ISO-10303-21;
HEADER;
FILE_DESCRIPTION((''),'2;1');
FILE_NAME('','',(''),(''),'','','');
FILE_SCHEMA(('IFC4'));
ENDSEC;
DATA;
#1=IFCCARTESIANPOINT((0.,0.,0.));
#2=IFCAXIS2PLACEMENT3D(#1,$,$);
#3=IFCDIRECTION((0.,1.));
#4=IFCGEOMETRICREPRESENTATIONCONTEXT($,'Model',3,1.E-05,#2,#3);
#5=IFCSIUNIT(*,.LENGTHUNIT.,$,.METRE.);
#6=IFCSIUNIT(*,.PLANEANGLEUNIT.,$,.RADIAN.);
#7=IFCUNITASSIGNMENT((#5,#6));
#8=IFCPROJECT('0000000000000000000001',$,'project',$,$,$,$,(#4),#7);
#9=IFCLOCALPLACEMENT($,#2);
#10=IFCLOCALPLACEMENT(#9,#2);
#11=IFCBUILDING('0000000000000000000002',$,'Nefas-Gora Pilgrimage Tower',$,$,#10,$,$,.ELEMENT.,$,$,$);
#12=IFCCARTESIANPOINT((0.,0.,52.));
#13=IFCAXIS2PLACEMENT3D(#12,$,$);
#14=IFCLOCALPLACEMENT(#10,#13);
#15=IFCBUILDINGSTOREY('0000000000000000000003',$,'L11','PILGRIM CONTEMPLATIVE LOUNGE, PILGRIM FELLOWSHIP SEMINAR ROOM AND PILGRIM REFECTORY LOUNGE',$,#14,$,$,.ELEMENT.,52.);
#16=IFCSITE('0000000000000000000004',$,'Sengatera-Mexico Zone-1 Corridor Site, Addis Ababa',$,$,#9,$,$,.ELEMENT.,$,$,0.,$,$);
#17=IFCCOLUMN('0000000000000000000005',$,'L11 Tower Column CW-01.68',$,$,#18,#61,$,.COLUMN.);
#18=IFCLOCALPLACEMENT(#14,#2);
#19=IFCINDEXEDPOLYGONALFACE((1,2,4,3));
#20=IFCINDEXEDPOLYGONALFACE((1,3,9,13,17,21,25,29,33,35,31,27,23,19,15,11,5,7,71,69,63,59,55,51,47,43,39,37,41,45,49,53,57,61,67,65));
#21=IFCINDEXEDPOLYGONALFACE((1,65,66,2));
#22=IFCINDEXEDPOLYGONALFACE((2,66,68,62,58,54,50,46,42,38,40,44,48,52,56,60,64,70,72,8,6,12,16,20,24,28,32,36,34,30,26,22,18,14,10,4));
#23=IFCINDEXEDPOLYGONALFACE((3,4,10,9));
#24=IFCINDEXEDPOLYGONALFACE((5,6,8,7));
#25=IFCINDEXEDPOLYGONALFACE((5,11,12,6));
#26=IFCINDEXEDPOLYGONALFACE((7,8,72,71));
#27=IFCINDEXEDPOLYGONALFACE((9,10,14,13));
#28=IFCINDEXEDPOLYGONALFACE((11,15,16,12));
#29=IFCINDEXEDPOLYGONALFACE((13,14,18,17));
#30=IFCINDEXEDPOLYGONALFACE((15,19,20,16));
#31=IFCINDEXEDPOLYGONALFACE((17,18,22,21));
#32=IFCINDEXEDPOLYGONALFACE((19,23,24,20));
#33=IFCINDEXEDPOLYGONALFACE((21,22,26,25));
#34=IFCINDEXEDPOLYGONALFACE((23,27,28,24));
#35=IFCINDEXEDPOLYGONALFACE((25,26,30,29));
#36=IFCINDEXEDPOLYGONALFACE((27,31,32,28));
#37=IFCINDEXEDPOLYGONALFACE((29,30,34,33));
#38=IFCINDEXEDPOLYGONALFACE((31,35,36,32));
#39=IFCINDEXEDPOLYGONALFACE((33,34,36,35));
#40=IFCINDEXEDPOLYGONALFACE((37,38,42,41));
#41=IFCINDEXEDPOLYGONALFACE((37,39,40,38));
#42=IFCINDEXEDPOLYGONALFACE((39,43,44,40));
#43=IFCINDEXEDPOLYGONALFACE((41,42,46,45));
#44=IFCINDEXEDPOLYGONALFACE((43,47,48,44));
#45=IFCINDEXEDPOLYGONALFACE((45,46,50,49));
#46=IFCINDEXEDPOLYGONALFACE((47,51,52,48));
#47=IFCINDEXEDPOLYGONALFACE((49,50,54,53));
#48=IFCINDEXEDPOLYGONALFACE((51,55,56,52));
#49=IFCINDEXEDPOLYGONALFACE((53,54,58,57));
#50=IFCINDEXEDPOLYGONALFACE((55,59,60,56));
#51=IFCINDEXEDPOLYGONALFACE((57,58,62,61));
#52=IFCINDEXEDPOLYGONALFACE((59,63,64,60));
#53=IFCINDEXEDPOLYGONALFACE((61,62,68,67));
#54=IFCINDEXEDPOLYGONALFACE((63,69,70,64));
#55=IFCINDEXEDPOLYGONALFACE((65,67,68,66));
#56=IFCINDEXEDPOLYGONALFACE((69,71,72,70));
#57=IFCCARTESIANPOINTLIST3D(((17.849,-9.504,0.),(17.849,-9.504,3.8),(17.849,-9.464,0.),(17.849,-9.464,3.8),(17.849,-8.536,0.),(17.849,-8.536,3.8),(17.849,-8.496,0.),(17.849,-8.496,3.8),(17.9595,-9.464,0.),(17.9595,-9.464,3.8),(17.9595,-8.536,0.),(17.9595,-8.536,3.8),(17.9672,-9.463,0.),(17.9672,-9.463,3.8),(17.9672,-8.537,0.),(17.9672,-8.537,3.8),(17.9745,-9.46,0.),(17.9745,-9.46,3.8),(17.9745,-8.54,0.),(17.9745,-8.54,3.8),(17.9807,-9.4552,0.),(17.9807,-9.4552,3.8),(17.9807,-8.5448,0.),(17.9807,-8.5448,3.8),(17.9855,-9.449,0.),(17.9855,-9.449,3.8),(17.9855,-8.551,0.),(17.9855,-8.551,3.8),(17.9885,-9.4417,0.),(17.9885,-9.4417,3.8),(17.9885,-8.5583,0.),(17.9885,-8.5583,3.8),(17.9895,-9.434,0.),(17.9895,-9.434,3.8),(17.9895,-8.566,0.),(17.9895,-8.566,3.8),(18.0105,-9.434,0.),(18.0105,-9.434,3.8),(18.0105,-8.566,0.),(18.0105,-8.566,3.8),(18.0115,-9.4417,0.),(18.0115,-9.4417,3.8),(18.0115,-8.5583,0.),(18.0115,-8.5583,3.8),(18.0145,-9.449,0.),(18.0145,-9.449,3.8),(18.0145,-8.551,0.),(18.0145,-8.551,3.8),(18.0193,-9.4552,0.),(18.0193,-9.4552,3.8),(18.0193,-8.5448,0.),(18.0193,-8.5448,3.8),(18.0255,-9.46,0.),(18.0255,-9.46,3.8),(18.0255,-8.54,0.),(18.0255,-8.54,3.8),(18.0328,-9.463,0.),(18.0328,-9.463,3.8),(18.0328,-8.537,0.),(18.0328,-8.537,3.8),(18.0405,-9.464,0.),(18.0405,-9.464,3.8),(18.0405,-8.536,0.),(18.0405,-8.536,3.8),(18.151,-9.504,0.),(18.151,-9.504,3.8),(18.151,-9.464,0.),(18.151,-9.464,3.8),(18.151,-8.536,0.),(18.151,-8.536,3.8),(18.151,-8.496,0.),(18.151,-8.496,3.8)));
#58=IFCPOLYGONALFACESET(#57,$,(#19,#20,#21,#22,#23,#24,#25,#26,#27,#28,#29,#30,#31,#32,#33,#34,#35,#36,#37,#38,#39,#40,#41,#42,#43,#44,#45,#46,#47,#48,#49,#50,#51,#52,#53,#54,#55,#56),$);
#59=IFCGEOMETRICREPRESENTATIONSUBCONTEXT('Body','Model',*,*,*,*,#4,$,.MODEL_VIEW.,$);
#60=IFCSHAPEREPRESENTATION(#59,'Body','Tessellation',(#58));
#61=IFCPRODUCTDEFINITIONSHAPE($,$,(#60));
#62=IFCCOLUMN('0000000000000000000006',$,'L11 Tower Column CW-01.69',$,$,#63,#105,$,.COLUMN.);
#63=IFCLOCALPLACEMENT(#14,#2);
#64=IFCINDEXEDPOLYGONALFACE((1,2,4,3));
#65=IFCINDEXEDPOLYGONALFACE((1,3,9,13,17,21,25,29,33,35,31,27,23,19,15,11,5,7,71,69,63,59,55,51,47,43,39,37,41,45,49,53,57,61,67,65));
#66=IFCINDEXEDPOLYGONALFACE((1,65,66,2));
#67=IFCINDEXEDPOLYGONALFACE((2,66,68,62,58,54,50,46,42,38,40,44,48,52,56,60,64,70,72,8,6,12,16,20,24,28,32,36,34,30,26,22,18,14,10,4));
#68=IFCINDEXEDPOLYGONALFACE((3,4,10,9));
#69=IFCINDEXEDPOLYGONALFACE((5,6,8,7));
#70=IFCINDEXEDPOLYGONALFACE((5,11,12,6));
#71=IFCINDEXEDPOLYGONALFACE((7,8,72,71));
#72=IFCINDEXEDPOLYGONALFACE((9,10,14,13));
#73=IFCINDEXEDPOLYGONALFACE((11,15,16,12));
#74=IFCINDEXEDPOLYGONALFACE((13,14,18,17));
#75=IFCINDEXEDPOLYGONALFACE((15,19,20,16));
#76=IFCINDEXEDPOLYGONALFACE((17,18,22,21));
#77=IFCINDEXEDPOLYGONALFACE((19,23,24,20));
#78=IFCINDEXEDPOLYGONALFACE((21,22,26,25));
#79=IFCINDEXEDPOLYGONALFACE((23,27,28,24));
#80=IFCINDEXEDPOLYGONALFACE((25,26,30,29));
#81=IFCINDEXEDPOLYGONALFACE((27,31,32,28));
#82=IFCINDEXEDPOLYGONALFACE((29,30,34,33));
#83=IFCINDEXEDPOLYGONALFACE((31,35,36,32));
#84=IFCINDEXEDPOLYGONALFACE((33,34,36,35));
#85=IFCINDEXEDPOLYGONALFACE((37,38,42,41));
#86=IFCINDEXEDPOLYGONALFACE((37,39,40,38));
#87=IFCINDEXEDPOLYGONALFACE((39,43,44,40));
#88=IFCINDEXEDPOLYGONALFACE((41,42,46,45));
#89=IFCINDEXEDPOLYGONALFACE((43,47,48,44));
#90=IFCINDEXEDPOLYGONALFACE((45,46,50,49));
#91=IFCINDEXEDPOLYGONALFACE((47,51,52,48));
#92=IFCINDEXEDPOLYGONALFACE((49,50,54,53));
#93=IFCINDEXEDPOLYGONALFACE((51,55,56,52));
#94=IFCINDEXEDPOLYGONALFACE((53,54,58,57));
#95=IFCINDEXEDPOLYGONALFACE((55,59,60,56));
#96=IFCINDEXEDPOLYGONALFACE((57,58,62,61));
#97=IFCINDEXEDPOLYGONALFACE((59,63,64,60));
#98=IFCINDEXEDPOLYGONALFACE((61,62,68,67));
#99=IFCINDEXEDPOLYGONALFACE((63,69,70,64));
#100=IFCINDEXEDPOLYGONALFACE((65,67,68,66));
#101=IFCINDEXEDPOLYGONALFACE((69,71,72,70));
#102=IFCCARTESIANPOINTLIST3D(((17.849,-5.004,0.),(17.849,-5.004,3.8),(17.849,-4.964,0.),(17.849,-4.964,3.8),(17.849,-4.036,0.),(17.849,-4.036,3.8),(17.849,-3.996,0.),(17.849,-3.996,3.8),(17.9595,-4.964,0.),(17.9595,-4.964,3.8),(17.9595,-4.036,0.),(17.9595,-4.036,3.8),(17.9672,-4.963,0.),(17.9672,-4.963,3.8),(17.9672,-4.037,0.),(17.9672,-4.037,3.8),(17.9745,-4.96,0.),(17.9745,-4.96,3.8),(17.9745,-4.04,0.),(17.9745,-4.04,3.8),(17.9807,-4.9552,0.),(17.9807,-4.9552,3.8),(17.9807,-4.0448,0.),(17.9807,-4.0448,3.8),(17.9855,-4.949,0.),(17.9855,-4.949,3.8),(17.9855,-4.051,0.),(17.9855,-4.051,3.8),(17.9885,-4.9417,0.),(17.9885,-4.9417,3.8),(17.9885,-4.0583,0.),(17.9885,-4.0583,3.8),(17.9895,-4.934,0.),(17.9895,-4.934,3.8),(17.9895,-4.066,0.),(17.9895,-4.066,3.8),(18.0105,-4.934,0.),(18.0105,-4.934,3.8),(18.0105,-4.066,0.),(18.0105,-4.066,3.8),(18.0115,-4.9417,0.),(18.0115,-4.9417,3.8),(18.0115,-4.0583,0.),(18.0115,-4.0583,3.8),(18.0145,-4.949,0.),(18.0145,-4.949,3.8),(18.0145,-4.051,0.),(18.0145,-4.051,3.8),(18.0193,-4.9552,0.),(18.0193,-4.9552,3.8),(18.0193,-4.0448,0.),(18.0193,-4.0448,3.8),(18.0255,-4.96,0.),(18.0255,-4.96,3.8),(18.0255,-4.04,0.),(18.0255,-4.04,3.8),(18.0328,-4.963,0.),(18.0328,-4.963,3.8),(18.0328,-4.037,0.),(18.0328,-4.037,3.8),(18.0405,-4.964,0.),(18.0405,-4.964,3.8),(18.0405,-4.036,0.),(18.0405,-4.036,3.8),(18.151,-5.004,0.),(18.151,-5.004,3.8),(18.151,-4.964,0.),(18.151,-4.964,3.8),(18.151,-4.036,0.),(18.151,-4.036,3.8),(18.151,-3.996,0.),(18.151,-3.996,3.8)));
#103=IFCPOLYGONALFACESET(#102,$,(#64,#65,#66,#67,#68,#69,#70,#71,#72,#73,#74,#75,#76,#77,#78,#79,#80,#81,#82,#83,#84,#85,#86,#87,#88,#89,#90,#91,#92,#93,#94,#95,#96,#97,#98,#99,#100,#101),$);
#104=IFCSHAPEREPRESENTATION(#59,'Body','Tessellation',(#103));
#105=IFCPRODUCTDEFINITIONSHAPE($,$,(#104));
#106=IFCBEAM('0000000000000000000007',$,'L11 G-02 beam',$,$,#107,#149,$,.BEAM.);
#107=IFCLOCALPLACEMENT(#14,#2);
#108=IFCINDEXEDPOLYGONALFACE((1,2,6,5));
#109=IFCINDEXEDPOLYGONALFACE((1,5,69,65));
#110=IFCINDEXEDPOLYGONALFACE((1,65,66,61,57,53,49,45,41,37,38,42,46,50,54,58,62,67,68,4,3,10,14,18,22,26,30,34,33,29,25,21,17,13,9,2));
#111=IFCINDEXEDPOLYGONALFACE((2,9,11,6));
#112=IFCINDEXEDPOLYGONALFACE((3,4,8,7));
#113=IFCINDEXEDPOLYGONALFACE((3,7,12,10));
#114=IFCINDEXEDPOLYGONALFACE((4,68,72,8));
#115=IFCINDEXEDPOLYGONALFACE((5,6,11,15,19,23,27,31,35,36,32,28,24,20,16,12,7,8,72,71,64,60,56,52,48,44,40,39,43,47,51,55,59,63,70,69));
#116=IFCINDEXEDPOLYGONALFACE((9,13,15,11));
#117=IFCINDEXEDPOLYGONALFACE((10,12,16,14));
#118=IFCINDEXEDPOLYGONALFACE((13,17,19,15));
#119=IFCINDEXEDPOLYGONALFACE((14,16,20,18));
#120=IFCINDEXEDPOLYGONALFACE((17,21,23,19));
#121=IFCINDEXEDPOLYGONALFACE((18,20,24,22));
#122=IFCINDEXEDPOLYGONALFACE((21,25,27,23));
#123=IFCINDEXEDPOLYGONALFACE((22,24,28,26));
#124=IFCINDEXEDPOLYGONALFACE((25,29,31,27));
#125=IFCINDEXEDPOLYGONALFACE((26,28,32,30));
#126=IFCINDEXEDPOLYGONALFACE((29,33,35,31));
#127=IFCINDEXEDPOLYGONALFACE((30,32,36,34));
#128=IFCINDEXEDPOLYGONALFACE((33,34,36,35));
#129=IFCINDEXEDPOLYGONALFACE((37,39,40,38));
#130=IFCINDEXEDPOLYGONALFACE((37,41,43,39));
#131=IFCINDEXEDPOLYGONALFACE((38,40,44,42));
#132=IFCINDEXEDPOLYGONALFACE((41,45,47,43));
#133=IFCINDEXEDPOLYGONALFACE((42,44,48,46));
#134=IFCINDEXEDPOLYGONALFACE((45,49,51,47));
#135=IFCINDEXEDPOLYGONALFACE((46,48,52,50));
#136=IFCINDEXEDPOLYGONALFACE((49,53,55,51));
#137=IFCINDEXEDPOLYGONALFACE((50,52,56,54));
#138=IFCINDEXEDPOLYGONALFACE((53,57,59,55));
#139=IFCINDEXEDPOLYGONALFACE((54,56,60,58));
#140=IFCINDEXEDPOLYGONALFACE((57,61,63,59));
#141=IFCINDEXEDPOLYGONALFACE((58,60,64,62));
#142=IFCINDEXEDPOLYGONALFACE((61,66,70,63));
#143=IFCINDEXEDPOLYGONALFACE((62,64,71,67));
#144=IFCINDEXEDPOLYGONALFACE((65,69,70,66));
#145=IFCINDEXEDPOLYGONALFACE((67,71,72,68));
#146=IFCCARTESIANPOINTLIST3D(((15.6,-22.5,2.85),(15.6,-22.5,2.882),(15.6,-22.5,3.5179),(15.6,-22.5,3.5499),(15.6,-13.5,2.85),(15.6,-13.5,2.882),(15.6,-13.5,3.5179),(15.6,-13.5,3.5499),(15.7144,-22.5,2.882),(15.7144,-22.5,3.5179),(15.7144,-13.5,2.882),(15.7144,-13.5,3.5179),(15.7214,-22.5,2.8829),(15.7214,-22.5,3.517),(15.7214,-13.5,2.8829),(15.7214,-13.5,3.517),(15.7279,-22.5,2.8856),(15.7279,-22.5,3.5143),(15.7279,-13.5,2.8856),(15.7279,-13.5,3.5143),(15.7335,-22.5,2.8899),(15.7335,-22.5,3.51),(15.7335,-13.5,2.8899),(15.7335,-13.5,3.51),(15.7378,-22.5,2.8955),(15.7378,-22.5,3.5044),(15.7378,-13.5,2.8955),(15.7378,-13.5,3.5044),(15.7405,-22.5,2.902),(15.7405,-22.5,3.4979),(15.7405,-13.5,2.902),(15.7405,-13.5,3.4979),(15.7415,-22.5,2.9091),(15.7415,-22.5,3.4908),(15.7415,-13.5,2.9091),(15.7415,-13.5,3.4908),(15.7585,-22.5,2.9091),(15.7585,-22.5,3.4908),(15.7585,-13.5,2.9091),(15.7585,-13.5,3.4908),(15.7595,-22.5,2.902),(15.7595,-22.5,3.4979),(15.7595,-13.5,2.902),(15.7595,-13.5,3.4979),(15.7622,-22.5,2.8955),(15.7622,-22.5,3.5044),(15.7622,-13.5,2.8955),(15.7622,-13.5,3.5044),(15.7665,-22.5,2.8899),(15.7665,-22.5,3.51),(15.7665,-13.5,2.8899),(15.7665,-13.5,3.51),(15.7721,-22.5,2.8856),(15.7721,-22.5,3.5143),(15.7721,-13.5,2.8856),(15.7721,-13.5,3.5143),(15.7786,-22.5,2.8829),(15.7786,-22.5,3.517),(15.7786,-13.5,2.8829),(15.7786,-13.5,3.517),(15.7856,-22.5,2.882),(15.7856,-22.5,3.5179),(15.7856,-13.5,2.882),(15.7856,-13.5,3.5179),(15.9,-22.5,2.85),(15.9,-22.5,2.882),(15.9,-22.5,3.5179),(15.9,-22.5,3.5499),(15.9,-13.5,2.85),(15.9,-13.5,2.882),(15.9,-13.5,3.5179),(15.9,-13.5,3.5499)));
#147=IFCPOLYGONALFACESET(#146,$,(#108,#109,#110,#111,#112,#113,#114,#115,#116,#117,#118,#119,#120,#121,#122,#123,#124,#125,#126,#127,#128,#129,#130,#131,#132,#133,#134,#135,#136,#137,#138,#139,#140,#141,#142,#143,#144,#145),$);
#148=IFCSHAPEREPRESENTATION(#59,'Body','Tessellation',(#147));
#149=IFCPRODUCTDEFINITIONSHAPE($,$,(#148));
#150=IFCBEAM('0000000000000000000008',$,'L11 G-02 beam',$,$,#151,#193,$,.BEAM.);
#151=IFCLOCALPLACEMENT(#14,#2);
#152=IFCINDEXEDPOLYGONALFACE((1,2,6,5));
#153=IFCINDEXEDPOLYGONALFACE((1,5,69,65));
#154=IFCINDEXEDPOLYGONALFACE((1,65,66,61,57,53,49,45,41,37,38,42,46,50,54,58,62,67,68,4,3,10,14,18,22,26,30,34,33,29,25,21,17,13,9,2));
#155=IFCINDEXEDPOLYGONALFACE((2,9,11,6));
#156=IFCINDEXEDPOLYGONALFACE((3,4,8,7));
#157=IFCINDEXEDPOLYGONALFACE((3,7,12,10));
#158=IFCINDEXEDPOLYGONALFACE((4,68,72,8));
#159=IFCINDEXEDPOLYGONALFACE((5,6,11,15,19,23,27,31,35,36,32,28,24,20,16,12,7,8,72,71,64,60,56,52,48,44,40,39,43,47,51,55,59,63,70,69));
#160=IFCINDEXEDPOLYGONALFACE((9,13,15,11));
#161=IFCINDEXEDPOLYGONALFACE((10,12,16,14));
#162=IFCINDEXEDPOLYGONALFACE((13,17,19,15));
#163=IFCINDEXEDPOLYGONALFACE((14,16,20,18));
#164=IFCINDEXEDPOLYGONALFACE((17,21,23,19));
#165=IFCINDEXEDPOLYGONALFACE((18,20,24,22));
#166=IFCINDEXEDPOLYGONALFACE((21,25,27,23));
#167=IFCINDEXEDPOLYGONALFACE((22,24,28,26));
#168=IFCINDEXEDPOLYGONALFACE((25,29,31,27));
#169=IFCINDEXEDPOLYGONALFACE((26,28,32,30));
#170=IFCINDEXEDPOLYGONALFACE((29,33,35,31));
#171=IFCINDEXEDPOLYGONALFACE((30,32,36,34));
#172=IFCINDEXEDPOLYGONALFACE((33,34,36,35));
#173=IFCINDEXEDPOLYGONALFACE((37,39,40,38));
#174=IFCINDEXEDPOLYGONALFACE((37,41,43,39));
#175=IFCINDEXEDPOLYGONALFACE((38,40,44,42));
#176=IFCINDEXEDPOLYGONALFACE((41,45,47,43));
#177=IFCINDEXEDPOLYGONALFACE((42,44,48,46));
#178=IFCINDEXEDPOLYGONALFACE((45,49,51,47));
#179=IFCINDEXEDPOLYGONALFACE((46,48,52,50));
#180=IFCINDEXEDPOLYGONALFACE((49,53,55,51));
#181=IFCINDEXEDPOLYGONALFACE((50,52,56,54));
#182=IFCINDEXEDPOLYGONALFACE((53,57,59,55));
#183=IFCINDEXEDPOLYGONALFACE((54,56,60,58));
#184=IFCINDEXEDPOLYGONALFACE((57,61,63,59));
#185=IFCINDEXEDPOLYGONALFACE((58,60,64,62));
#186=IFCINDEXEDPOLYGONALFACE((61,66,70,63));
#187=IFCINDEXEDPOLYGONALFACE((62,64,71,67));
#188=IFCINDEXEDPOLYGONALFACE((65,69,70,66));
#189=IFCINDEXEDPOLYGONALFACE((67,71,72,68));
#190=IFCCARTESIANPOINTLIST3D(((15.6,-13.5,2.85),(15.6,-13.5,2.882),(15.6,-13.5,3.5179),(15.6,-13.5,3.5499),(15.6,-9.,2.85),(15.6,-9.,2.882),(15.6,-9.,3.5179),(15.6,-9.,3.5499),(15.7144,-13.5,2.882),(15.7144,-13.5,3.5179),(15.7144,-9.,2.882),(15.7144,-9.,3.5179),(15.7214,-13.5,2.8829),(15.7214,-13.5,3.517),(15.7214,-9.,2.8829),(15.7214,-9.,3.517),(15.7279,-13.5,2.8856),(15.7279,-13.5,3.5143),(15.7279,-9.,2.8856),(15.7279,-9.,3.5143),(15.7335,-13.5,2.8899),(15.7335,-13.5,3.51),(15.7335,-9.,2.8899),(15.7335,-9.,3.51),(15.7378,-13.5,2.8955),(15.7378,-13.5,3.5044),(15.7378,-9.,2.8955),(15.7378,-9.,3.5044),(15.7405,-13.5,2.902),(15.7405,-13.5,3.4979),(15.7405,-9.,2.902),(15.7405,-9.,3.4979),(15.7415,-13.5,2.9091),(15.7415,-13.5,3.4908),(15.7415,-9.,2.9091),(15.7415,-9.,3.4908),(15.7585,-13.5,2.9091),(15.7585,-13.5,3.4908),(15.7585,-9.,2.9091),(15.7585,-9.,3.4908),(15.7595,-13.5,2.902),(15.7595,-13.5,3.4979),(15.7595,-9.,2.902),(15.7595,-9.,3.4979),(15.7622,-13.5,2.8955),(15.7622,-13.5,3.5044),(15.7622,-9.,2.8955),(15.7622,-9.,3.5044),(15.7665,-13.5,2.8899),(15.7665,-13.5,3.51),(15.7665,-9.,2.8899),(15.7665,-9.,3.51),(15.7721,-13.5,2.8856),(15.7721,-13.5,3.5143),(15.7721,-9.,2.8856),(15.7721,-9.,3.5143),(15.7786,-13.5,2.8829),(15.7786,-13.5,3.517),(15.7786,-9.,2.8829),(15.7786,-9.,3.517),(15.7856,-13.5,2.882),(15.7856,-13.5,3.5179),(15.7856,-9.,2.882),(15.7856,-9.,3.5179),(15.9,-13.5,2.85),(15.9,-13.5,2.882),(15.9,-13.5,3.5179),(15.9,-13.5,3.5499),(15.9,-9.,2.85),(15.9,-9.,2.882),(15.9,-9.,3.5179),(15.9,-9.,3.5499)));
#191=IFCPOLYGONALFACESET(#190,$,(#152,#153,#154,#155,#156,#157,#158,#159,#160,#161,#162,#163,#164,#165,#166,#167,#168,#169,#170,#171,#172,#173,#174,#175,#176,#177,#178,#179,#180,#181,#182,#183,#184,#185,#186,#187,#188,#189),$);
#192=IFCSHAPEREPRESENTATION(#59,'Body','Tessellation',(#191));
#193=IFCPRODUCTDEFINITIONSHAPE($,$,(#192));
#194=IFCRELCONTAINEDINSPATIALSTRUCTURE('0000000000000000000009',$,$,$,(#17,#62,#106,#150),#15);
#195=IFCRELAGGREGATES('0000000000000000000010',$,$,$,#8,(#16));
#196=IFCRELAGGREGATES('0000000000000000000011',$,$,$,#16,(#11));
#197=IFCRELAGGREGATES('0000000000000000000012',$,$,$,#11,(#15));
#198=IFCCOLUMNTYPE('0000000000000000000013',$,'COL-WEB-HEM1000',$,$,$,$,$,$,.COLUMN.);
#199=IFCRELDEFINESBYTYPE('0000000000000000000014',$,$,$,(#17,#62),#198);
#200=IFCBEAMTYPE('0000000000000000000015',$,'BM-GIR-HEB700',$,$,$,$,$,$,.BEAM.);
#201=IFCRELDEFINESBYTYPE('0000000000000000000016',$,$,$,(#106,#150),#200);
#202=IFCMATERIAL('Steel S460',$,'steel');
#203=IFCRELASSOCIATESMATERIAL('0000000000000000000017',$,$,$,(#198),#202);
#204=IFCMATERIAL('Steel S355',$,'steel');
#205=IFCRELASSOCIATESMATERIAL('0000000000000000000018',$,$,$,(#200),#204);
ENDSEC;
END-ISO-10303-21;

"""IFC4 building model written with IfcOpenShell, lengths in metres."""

from ifc_helpers import new_model, si_unit, direction, frame, origin, origin_2d, place, context, subcontext, project, spatial, i_section, extrude, source, transform, mapped, material, material_profile, profile_set, type_object, element, save


model = new_model("IFC4")

# Units and contexts
model_context = context("Model", 3, precision=1e-05, world=origin(), true_north=direction((0.0, 1.0)))
body_context = subcontext(model_context, "Body", "Model", "MODEL_VIEW")
ifc_project = project(units=[si_unit("LENGTHUNIT", "METRE"), si_unit("PLANEANGLEUNIT", "RADIAN")], contexts=[model_context])

# Site, building, storey
site_placement = place(None, origin())
site = spatial("IfcSite", under=ifc_project, at=site_placement, Name="Sengatera-Mexico Zone-1 Corridor Site, Addis Ababa", CompositionType="ELEMENT", RefElevation=0.0)
building_placement = place(site_placement, origin())
building = spatial("IfcBuilding", under=site, at=building_placement, Name="Nefas-Gora Pilgrimage Tower", CompositionType="ELEMENT")
storey_placement = place(building_placement, frame((0.0, 0.0, 52.0)))
storey = spatial("IfcBuildingStorey", under=building, at=storey_placement, Name="L11", Description="PILGRIM CONTEMPLATIVE LOUNGE, PILGRIM FELLOWSHIP SEMINAR ROOM AND PILGRIM REFECTORY LOUNGE", CompositionType="ELEMENT", Elevation=52.0)

# Columns
ifc_material_1 = material(Name="Steel S460", Category="steel")
ifc_material_profile_1 = material_profile(ifc_material_1, i_section(OverallWidth=0.302, OverallDepth=1.0081, WebThickness=0.021, FlangeThickness=0.04, FilletRadius=0.03, at=origin_2d()), Name="HEM 1000")
ifc_profile_set_1 = profile_set([ifc_material_profile_1], Name="Steel S460")
column_type_1 = type_object("IfcColumnType", Name="COL-WEB-HEM1000", PredefinedType="COLUMN", material=ifc_profile_set_1)
shared_shape_1 = source(origin(), body_context, "Body", "SweptSolid", [
    extrude(i_section(OverallWidth=0.302, OverallDepth=1.0081, WebThickness=0.021, FlangeThickness=0.04, FilletRadius=0.03, at=origin_2d()), origin(), (0.0, 0.0, 1.0), 3.8),
])
for number, where, z_axis, x_axis, name in (
    (1, (18.0, -9.0, 0.0), (0.0, 0.0, 1.0), (1.0, 0.0, 0.0), "L11 Tower Column CW-01.68"),
    (2, (18.0, -4.5, 0.0), (0.0, 0.0, 1.0), (1.0, 0.0, 0.0), "L11 Tower Column CW-01.69"),
):
    element("IfcColumn", number, at=place(storey_placement, frame(where, z_axis=z_axis, x_axis=x_axis)), inside=storey, type_object=column_type_1, Name=name, PredefinedType="COLUMN", context=body_context, shape_type="MappedRepresentation", body=[
        mapped(shared_shape_1, transform((0.0, 0.0, 0.0), x_axis=(1.0, 0.0, 0.0), y_axis=(0.0, 1.0, 0.0), z_axis=(0.0, 0.0, 1.0), scale=1.0)),
    ])

# Beams
ifc_material_2 = material(Name="Steel S355", Category="steel")
ifc_material_profile_2 = material_profile(ifc_material_2, i_section(OverallWidth=0.3, OverallDepth=0.7, WebThickness=0.0171, FlangeThickness=0.032, FilletRadius=0.0271, at=origin_2d()), Name="HEB 700")
ifc_profile_set_2 = profile_set([ifc_material_profile_2], Name="Steel S355")
beam_type_1 = type_object("IfcBeamType", Name="BM-GIR-HEB700", PredefinedType="BEAM", material=ifc_profile_set_2)
shared_shape_2 = source(origin(), body_context, "Body", "SweptSolid", [
    extrude(i_section(OverallWidth=0.3, OverallDepth=0.7, WebThickness=0.0171, FlangeThickness=0.032, FilletRadius=0.0271, at=origin_2d()), origin(), (0.0, 0.0, 1.0), 9.0),
])
beam_placement = place(storey_placement, frame((15.75, -22.5, 3.2), z_axis=(0.0, 1.0, 0.0), x_axis=(-1.0, 0.0, 0.0)))
element("IfcBeam", 3, at=beam_placement, inside=storey, type_object=beam_type_1, Name="L11 G-02 beam", PredefinedType="BEAM", context=body_context, shape_type="MappedRepresentation", body=[
    mapped(shared_shape_2, transform((0.0, 0.0, 0.0), x_axis=(1.0, 0.0, 0.0), y_axis=(0.0, 1.0, 0.0), z_axis=(0.0, 0.0, 1.0), scale=1.0)),
])
shared_shape_3 = source(origin(), body_context, "Body", "SweptSolid", [
    extrude(i_section(OverallWidth=0.3, OverallDepth=0.7, WebThickness=0.0171, FlangeThickness=0.032, FilletRadius=0.0271, at=origin_2d()), origin(), (0.0, 0.0, 1.0), 4.5),
])
for number, where, z_axis, x_axis, name in (
    (4, (15.75, -13.5, 3.2), (0.0, 1.0, 0.0), (-1.0, 0.0, 0.0), "L11 G-02 beam"),
):
    element("IfcBeam", number, at=place(storey_placement, frame(where, z_axis=z_axis, x_axis=x_axis)), inside=storey, type_object=beam_type_1, Name=name, PredefinedType="BEAM", context=body_context, shape_type="MappedRepresentation", body=[
        mapped(shared_shape_3, transform((0.0, 0.0, 0.0), x_axis=(1.0, 0.0, 0.0), y_axis=(0.0, 1.0, 0.0), z_axis=(0.0, 0.0, 1.0), scale=1.0)),
    ])

save(model, "model.ifc")
